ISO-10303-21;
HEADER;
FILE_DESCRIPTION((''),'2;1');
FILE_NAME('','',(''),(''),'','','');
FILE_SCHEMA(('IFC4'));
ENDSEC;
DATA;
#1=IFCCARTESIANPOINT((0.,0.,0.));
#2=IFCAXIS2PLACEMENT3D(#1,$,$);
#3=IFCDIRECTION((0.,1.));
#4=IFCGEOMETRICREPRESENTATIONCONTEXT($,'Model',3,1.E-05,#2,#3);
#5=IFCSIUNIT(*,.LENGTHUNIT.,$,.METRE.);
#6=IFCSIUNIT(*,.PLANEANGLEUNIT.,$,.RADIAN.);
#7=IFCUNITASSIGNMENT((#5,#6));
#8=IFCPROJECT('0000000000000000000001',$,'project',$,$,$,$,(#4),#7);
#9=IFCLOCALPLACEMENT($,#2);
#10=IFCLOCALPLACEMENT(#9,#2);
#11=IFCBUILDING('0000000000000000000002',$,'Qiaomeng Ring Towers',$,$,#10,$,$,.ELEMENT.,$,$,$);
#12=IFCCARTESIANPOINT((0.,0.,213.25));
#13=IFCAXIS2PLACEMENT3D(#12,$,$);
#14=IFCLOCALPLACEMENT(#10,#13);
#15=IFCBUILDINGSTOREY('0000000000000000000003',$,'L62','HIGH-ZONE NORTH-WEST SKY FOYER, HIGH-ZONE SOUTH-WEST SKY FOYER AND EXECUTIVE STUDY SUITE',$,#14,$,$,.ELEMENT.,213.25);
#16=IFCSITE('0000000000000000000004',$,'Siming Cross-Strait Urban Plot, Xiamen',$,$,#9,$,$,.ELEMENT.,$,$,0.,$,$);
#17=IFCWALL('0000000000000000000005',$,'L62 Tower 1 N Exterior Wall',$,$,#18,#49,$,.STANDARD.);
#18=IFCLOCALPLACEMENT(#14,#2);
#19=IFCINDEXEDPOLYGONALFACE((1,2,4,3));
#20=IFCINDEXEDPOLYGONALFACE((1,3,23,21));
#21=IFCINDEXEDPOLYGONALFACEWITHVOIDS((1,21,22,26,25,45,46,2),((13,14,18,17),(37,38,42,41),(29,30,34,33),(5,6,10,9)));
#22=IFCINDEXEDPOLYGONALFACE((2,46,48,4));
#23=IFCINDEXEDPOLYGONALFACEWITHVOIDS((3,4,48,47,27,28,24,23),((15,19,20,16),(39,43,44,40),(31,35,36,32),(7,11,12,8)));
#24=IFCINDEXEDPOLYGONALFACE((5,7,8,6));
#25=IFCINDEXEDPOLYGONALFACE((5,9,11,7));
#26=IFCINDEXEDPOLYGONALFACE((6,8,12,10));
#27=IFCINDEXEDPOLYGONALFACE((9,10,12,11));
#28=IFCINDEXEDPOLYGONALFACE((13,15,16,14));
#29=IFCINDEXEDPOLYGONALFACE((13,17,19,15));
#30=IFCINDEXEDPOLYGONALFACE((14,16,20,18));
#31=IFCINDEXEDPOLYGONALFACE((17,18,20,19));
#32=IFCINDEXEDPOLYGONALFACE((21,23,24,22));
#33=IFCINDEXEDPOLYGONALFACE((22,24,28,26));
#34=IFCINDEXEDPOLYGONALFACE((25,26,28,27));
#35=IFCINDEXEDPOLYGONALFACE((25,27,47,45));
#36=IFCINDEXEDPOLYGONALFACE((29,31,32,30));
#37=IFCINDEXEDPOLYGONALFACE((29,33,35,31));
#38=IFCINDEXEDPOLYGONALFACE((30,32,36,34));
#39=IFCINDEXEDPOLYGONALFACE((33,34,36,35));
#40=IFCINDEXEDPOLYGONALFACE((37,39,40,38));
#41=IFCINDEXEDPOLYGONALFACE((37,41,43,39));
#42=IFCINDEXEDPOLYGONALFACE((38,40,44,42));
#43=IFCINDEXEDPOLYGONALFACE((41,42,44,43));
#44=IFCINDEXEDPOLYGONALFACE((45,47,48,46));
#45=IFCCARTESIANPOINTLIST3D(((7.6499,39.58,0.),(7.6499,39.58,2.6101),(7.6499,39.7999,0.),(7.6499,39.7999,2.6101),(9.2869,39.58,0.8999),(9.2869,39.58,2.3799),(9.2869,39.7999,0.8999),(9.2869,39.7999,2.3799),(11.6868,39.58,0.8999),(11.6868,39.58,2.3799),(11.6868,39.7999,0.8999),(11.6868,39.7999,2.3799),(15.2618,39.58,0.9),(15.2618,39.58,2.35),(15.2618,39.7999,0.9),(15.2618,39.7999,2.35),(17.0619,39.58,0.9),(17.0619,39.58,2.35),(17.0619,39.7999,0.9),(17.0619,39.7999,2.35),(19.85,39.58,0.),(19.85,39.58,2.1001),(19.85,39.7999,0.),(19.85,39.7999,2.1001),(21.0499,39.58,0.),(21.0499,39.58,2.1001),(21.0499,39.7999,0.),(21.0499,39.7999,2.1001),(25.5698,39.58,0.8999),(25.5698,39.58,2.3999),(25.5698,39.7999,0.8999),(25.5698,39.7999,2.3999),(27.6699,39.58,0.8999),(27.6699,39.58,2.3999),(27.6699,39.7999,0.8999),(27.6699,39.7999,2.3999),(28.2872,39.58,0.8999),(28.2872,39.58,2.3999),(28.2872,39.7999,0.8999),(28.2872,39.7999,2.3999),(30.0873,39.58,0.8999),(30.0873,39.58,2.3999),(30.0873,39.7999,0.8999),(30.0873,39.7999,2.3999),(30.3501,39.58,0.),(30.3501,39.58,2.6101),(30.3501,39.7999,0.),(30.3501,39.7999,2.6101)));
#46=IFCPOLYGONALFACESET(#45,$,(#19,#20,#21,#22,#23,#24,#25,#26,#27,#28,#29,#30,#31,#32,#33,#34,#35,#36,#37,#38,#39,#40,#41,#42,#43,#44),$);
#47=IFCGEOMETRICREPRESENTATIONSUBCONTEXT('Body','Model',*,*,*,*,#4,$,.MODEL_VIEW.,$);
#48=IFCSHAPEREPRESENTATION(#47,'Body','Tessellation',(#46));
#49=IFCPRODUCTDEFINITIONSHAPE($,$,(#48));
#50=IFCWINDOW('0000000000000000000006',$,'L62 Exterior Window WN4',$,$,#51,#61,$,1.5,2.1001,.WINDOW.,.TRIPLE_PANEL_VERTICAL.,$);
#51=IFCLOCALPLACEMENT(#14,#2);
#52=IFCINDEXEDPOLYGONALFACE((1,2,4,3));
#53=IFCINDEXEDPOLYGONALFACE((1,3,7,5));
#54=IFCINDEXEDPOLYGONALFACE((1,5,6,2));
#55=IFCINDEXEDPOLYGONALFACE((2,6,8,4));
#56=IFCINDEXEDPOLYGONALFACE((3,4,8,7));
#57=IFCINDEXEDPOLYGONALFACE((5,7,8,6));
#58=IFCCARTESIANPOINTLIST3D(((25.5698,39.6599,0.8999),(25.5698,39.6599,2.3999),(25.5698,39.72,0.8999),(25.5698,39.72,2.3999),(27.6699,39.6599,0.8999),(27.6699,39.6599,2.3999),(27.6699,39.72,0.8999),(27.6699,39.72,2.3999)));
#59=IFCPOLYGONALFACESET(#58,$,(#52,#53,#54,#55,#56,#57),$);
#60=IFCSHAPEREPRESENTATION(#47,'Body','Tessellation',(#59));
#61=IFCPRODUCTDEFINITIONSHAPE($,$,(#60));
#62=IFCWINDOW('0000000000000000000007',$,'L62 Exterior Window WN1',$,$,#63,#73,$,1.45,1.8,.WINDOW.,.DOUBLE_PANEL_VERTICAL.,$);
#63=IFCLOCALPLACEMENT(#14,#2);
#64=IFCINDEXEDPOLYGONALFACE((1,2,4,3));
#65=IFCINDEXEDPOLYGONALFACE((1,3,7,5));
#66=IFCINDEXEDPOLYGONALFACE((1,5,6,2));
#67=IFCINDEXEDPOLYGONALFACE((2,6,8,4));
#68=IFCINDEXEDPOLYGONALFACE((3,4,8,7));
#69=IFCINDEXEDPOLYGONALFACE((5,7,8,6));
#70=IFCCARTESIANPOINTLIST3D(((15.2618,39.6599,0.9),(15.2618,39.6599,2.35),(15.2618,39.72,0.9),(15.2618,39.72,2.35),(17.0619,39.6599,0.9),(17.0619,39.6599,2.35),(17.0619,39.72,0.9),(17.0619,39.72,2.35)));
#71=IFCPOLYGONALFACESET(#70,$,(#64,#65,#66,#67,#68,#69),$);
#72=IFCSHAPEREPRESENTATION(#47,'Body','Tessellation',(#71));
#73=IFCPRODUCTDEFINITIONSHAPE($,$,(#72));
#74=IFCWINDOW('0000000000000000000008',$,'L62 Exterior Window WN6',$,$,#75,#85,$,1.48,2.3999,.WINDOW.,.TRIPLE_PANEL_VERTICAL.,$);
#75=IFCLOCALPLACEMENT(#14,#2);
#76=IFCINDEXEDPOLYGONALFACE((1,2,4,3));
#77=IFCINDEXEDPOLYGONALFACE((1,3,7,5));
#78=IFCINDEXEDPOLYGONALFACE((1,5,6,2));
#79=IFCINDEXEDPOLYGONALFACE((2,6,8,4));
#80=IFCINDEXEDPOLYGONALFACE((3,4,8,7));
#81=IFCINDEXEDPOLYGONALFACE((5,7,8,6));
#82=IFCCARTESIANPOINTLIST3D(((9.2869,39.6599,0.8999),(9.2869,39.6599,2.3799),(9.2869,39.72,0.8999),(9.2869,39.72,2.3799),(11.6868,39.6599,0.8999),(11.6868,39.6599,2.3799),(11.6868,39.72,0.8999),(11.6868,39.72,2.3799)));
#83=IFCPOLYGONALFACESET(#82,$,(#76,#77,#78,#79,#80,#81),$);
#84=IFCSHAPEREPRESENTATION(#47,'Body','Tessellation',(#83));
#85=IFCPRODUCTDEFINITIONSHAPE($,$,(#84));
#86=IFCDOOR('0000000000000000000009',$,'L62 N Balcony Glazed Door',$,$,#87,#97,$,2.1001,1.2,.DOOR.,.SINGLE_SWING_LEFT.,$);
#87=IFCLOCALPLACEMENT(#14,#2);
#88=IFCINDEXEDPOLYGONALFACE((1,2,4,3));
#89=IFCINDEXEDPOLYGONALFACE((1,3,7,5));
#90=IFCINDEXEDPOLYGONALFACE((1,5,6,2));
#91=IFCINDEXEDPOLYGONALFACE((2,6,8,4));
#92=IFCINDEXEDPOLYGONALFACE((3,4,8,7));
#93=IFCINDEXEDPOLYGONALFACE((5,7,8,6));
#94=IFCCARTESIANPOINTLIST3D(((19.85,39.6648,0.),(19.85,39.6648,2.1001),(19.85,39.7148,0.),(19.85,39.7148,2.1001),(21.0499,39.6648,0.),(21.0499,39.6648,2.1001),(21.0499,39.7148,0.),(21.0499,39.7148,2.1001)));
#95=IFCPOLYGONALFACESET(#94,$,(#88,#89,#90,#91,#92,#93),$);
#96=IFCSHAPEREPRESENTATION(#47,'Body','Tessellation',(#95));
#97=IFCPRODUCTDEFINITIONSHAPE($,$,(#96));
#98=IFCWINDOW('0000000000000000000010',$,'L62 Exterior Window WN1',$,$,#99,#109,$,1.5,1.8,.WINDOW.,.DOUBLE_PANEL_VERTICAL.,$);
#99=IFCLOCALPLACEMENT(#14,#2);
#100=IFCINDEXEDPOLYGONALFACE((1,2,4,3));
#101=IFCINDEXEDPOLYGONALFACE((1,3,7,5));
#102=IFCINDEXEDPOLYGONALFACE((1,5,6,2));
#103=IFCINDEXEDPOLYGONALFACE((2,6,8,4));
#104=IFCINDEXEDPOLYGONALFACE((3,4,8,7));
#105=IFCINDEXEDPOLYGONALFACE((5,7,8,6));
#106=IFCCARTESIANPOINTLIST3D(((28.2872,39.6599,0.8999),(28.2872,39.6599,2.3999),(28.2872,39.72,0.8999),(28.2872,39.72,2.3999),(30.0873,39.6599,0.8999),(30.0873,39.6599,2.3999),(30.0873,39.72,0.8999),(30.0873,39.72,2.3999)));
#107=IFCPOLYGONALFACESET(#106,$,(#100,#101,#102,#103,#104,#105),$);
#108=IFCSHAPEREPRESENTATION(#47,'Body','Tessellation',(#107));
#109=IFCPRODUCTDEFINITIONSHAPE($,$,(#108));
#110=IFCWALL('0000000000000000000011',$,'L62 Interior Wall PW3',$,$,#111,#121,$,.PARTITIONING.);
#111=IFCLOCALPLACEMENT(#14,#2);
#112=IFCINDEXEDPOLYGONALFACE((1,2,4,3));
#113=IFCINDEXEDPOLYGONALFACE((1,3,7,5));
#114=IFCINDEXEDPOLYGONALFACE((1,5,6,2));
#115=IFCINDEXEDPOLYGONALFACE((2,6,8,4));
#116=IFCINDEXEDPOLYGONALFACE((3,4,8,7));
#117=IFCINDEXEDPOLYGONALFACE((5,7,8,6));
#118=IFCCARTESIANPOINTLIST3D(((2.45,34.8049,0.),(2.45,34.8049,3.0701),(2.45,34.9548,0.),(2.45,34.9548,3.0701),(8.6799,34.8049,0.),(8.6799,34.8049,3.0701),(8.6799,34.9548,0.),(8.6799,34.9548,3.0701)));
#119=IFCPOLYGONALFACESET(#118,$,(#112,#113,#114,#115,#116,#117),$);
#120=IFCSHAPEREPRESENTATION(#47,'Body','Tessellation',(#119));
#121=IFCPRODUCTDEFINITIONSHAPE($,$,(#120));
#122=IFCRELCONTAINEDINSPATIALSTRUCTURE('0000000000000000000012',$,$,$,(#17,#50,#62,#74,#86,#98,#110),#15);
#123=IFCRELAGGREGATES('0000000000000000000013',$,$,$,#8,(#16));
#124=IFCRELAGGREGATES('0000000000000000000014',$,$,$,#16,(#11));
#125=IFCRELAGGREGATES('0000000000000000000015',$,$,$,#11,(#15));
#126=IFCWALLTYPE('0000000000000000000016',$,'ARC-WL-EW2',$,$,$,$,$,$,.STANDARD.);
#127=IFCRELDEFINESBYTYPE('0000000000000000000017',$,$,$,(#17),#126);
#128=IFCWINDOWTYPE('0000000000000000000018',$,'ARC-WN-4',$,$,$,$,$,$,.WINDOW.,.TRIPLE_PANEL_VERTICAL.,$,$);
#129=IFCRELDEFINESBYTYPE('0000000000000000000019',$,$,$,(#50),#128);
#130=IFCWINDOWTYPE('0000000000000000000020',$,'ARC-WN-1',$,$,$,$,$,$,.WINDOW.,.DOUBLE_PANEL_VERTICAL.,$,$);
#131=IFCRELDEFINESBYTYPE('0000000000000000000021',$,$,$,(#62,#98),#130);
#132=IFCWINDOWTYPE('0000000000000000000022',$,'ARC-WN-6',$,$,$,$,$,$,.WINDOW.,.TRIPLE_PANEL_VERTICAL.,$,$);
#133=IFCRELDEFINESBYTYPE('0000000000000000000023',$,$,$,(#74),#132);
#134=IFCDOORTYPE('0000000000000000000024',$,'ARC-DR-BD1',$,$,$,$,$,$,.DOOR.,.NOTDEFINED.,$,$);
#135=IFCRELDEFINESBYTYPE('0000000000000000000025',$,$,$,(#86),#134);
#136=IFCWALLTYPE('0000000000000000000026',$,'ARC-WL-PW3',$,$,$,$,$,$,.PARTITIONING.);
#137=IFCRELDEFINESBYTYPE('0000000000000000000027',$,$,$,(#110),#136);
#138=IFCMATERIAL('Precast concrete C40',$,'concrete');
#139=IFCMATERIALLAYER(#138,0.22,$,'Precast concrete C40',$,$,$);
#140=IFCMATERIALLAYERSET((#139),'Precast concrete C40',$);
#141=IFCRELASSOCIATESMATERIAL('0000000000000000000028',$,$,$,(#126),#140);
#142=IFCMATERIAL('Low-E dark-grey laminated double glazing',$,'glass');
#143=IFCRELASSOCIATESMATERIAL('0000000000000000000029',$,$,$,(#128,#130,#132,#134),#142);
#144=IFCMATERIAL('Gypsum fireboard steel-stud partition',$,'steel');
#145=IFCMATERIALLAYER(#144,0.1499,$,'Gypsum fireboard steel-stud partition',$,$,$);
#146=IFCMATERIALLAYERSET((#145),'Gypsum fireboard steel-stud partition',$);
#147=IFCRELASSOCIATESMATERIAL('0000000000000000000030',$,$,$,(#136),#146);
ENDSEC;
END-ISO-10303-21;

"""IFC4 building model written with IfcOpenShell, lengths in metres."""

from ifc_helpers import new_model, si_unit, direction, frame, frame_2d, origin, place, context, subcontext, project, spatial, rectangle, extrude, source, transform, mapped, material, layer, layer_set, type_object, element, fill, save


model = new_model("IFC4")

# Units and contexts
model_context = context("Model", 3, precision=1e-05, world=origin(), true_north=direction((0.0, 1.0)))
body_context = subcontext(model_context, "Body", "Model", "MODEL_VIEW")
ifc_project = project(units=[si_unit("LENGTHUNIT", "METRE"), si_unit("PLANEANGLEUNIT", "RADIAN")], contexts=[model_context])

# Site, building, storey
site_placement = place(None, origin())
site = spatial("IfcSite", under=ifc_project, at=site_placement, Name="Siming Cross-Strait Urban Plot, Xiamen", CompositionType="ELEMENT", RefElevation=0.0)
building_placement = place(site_placement, origin())
building = spatial("IfcBuilding", under=site, at=building_placement, Name="Qiaomeng Ring Towers", CompositionType="ELEMENT")
storey_placement = place(building_placement, frame((0.0, 0.0, 213.25)))
storey = spatial("IfcBuildingStorey", under=building, at=storey_placement, Name="L62", Description="HIGH-ZONE NORTH-WEST SKY FOYER, HIGH-ZONE SOUTH-WEST SKY FOYER AND EXECUTIVE STUDY SUITE", CompositionType="ELEMENT", Elevation=213.25)

# Shared definitions
ifc_material_1 = material(Name="Low-E dark-grey laminated double glazing", Category="glass")

# Wall, openings, windows, door
ifc_material_2 = material(Name="Precast concrete C40", Category="concrete")
ifc_layer_1 = layer(ifc_material_2, 0.22, Name="Precast concrete C40")
ifc_layer_set_1 = layer_set([ifc_layer_1], Name="Precast concrete C40")
wall_type_1 = type_object("IfcWallType", Name="ARC-WL-EW2", PredefinedType="STANDARD", material=ifc_layer_set_1)
wall_1_placement = place(storey_placement, frame((7.6499, 39.6899, 0.0), z_axis=(0.0, 0.0, 1.0), x_axis=(1.0, 0.0, 0.0)))
wall_1 = element("IfcWall", 1, at=wall_1_placement, inside=storey, type_object=wall_type_1, Name="L62 Tower 1 N Exterior Wall", PredefinedType="STANDARD", context=body_context, shape_type="SweptSolid", body=[
    extrude(rectangle(XDim=22.7002, YDim=0.22, at=frame_2d((11.3501, 0.0))), origin(), (0.0, 0.0, 1.0), 2.6101),
])
opening_1_placement = place(wall_1_placement, frame((12.2, 0.0, 0.0)))
opening_1 = element("IfcOpeningElement", 2, at=opening_1_placement, cuts=wall_1, PredefinedType="OPENING", context=body_context, shape_type="SweptSolid", body=[
    extrude(rectangle(XDim=1.2, YDim=2.1001, at=frame_2d((0.6001, 1.05))), frame((0.0, 0.1199, 0.0), z_axis=(0.0, -1.0, 0.0), x_axis=(1.0, 0.0, 0.0)), (0.0, 0.0, 1.0), 0.24),
])
opening_2_placement = place(wall_1_placement, frame((1.637, 0.0, 0.8999)))
opening_2 = element("IfcOpeningElement", 3, at=opening_2_placement, cuts=wall_1, PredefinedType="OPENING", context=body_context, shape_type="SweptSolid", body=[
    extrude(rectangle(XDim=2.3999, YDim=1.48, at=frame_2d((1.2, 0.74))), frame((0.0, 0.1199, 0.0), z_axis=(0.0, -1.0, 0.0), x_axis=(1.0, 0.0, 0.0)), (0.0, 0.0, 1.0), 0.24),
])
opening_3_placement = place(wall_1_placement, frame((7.6121, 0.0, 0.8999)))
opening_3 = element("IfcOpeningElement", 4, at=opening_3_placement, cuts=wall_1, PredefinedType="OPENING", context=body_context, shape_type="SweptSolid", body=[
    extrude(rectangle(XDim=1.8, YDim=1.45, at=frame_2d((0.8999, 0.7251))), frame((0.0, 0.1199, 0.0), z_axis=(0.0, -1.0, 0.0), x_axis=(1.0, 0.0, 0.0)), (0.0, 0.0, 1.0), 0.24),
])
opening_4_placement = place(wall_1_placement, frame((17.9199, 0.0, 0.8999)))
opening_4 = element("IfcOpeningElement", 5, at=opening_4_placement, cuts=wall_1, PredefinedType="OPENING", context=body_context, shape_type="SweptSolid", body=[
    extrude(rectangle(XDim=2.1001, YDim=1.5, at=frame_2d((1.05, 0.75))), frame((0.0, 0.1199, 0.0), z_axis=(0.0, -1.0, 0.0), x_axis=(1.0, 0.0, 0.0)), (0.0, 0.0, 1.0), 0.24),
])
opening_5_placement = place(wall_1_placement, frame((20.6375, 0.0, 0.8999)))
opening_5 = element("IfcOpeningElement", 6, at=opening_5_placement, cuts=wall_1, PredefinedType="OPENING", context=body_context, shape_type="SweptSolid", body=[
    extrude(rectangle(XDim=1.8, YDim=1.5, at=frame_2d((0.8999, 0.75))), frame((0.0, 0.1199, 0.0), z_axis=(0.0, -1.0, 0.0), x_axis=(1.0, 0.0, 0.0)), (0.0, 0.0, 1.0), 0.24),
])
window_type_1 = type_object("IfcWindowType", Name="ARC-WN-4", PartitioningType="TRIPLE_PANEL_VERTICAL", PredefinedType="WINDOW", material=ifc_material_1)
shared_shape_1 = source(origin(), body_context, "Body", "SweptSolid", [
    extrude(rectangle(XDim=2.1001, YDim=1.5, at=frame_2d((1.05, 0.75))), frame((0.0, 0.03, 0.0), z_axis=(0.0, -1.0, 0.0), x_axis=(1.0, 0.0, 0.0)), (0.0, 0.0, 1.0), 0.0601),
])
window_1_placement = place(opening_4_placement, origin())
window_1 = element("IfcWindow", 7, at=window_1_placement, inside=storey, type_object=window_type_1, Name="L62 Exterior Window WN4", OverallHeight=1.5, OverallWidth=2.1001, PartitioningType="TRIPLE_PANEL_VERTICAL", PredefinedType="WINDOW", context=body_context, shape_type="MappedRepresentation", body=[
    mapped(shared_shape_1, transform((0.0, 0.0, 0.0), x_axis=(1.0, 0.0, 0.0), y_axis=(0.0, 1.0, 0.0), z_axis=(0.0, 0.0, 1.0), scale=1.0)),
])
fill(opening_4, window_1)
window_type_2 = type_object("IfcWindowType", Name="ARC-WN-1", PartitioningType="DOUBLE_PANEL_VERTICAL", PredefinedType="WINDOW", material=ifc_material_1)
shared_shape_2 = source(origin(), body_context, "Body", "SweptSolid", [
    extrude(rectangle(XDim=1.8, YDim=1.45, at=frame_2d((0.8999, 0.7251))), frame((0.0, 0.03, 0.0), z_axis=(0.0, -1.0, 0.0), x_axis=(1.0, 0.0, 0.0)), (0.0, 0.0, 1.0), 0.0601),
])
window_2_placement = place(opening_3_placement, origin())
window_2 = element("IfcWindow", 8, at=window_2_placement, inside=storey, type_object=window_type_2, Name="L62 Exterior Window WN1", OverallHeight=1.45, OverallWidth=1.8, PartitioningType="DOUBLE_PANEL_VERTICAL", PredefinedType="WINDOW", context=body_context, shape_type="MappedRepresentation", body=[
    mapped(shared_shape_2, transform((0.0, 0.0, 0.0), x_axis=(1.0, 0.0, 0.0), y_axis=(0.0, 1.0, 0.0), z_axis=(0.0, 0.0, 1.0), scale=1.0)),
])
fill(opening_3, window_2)
window_type_3 = type_object("IfcWindowType", Name="ARC-WN-6", PartitioningType="TRIPLE_PANEL_VERTICAL", PredefinedType="WINDOW", material=ifc_material_1)
shared_shape_3 = source(origin(), body_context, "Body", "SweptSolid", [
    extrude(rectangle(XDim=2.3999, YDim=1.48, at=frame_2d((1.2, 0.74))), frame((0.0, 0.03, 0.0), z_axis=(0.0, -1.0, 0.0), x_axis=(1.0, 0.0, 0.0)), (0.0, 0.0, 1.0), 0.0601),
])
window_3_placement = place(opening_2_placement, origin())
window_3 = element("IfcWindow", 9, at=window_3_placement, inside=storey, type_object=window_type_3, Name="L62 Exterior Window WN6", OverallHeight=1.48, OverallWidth=2.3999, PartitioningType="TRIPLE_PANEL_VERTICAL", PredefinedType="WINDOW", context=body_context, shape_type="MappedRepresentation", body=[
    mapped(shared_shape_3, transform((0.0, 0.0, 0.0), x_axis=(1.0, 0.0, 0.0), y_axis=(0.0, 1.0, 0.0), z_axis=(0.0, 0.0, 1.0), scale=1.0)),
])
fill(opening_2, window_3)
door_type_1 = type_object("IfcDoorType", Name="ARC-DR-BD1", OperationType="NOTDEFINED", PredefinedType="DOOR", material=ifc_material_1)
shared_shape_4 = source(origin(), body_context, "Body", "SweptSolid", [
    extrude(rectangle(XDim=1.2, YDim=2.1001, at=frame_2d((0.6001, 1.05))), frame((0.0, 0.0249, 0.0), z_axis=(0.0, -1.0, 0.0), x_axis=(1.0, 0.0, 0.0)), (0.0, 0.0, 1.0), 0.05),
])
door_1_placement = place(opening_1_placement, origin())
door_1 = element("IfcDoor", 10, at=door_1_placement, inside=storey, type_object=door_type_1, Name="L62 N Balcony Glazed Door", OperationType="SINGLE_SWING_LEFT", OverallHeight=2.1001, OverallWidth=1.2, PredefinedType="DOOR", context=body_context, shape_type="MappedRepresentation", body=[
    mapped(shared_shape_4, transform((0.0, 0.0, 0.0), x_axis=(1.0, 0.0, 0.0), y_axis=(0.0, 1.0, 0.0), z_axis=(0.0, 0.0, 1.0), scale=1.0)),
])
fill(opening_1, door_1)
shared_shape_5 = source(origin(), body_context, "Body", "SweptSolid", [
    extrude(rectangle(XDim=1.8, YDim=1.5, at=frame_2d((0.8999, 0.75))), frame((0.0, 0.03, 0.0), z_axis=(0.0, -1.0, 0.0), x_axis=(1.0, 0.0, 0.0)), (0.0, 0.0, 1.0), 0.0601),
])
window_4_placement = place(opening_5_placement, origin())
window_4 = element("IfcWindow", 11, at=window_4_placement, inside=storey, type_object=window_type_2, Name="L62 Exterior Window WN1", OverallHeight=1.5, OverallWidth=1.8, PartitioningType="DOUBLE_PANEL_VERTICAL", PredefinedType="WINDOW", context=body_context, shape_type="MappedRepresentation", body=[
    mapped(shared_shape_5, transform((0.0, 0.0, 0.0), x_axis=(1.0, 0.0, 0.0), y_axis=(0.0, 1.0, 0.0), z_axis=(0.0, 0.0, 1.0), scale=1.0)),
])
fill(opening_5, window_4)

# Wall
ifc_material_3 = material(Name="Gypsum fireboard steel-stud partition", Category="steel")
ifc_layer_2 = layer(ifc_material_3, 0.1499, Name="Gypsum fireboard steel-stud partition")
ifc_layer_set_2 = layer_set([ifc_layer_2], Name="Gypsum fireboard steel-stud partition")
wall_type_2 = type_object("IfcWallType", Name="ARC-WL-PW3", PredefinedType="PARTITIONING", material=ifc_layer_set_2)
wall_2_placement = place(storey_placement, frame((2.45, 34.8799, 0.0), z_axis=(0.0, 0.0, 1.0), x_axis=(1.0, 0.0, 0.0)))
element("IfcWall", 12, at=wall_2_placement, inside=storey, type_object=wall_type_2, Name="L62 Interior Wall PW3", PredefinedType="PARTITIONING", context=body_context, shape_type="SweptSolid", body=[
    extrude(rectangle(XDim=6.23, YDim=0.1499, at=frame_2d((3.115, 0.0))), origin(), (0.0, 0.0, 1.0), 3.0701),
])

save(model, "model.ifc")
